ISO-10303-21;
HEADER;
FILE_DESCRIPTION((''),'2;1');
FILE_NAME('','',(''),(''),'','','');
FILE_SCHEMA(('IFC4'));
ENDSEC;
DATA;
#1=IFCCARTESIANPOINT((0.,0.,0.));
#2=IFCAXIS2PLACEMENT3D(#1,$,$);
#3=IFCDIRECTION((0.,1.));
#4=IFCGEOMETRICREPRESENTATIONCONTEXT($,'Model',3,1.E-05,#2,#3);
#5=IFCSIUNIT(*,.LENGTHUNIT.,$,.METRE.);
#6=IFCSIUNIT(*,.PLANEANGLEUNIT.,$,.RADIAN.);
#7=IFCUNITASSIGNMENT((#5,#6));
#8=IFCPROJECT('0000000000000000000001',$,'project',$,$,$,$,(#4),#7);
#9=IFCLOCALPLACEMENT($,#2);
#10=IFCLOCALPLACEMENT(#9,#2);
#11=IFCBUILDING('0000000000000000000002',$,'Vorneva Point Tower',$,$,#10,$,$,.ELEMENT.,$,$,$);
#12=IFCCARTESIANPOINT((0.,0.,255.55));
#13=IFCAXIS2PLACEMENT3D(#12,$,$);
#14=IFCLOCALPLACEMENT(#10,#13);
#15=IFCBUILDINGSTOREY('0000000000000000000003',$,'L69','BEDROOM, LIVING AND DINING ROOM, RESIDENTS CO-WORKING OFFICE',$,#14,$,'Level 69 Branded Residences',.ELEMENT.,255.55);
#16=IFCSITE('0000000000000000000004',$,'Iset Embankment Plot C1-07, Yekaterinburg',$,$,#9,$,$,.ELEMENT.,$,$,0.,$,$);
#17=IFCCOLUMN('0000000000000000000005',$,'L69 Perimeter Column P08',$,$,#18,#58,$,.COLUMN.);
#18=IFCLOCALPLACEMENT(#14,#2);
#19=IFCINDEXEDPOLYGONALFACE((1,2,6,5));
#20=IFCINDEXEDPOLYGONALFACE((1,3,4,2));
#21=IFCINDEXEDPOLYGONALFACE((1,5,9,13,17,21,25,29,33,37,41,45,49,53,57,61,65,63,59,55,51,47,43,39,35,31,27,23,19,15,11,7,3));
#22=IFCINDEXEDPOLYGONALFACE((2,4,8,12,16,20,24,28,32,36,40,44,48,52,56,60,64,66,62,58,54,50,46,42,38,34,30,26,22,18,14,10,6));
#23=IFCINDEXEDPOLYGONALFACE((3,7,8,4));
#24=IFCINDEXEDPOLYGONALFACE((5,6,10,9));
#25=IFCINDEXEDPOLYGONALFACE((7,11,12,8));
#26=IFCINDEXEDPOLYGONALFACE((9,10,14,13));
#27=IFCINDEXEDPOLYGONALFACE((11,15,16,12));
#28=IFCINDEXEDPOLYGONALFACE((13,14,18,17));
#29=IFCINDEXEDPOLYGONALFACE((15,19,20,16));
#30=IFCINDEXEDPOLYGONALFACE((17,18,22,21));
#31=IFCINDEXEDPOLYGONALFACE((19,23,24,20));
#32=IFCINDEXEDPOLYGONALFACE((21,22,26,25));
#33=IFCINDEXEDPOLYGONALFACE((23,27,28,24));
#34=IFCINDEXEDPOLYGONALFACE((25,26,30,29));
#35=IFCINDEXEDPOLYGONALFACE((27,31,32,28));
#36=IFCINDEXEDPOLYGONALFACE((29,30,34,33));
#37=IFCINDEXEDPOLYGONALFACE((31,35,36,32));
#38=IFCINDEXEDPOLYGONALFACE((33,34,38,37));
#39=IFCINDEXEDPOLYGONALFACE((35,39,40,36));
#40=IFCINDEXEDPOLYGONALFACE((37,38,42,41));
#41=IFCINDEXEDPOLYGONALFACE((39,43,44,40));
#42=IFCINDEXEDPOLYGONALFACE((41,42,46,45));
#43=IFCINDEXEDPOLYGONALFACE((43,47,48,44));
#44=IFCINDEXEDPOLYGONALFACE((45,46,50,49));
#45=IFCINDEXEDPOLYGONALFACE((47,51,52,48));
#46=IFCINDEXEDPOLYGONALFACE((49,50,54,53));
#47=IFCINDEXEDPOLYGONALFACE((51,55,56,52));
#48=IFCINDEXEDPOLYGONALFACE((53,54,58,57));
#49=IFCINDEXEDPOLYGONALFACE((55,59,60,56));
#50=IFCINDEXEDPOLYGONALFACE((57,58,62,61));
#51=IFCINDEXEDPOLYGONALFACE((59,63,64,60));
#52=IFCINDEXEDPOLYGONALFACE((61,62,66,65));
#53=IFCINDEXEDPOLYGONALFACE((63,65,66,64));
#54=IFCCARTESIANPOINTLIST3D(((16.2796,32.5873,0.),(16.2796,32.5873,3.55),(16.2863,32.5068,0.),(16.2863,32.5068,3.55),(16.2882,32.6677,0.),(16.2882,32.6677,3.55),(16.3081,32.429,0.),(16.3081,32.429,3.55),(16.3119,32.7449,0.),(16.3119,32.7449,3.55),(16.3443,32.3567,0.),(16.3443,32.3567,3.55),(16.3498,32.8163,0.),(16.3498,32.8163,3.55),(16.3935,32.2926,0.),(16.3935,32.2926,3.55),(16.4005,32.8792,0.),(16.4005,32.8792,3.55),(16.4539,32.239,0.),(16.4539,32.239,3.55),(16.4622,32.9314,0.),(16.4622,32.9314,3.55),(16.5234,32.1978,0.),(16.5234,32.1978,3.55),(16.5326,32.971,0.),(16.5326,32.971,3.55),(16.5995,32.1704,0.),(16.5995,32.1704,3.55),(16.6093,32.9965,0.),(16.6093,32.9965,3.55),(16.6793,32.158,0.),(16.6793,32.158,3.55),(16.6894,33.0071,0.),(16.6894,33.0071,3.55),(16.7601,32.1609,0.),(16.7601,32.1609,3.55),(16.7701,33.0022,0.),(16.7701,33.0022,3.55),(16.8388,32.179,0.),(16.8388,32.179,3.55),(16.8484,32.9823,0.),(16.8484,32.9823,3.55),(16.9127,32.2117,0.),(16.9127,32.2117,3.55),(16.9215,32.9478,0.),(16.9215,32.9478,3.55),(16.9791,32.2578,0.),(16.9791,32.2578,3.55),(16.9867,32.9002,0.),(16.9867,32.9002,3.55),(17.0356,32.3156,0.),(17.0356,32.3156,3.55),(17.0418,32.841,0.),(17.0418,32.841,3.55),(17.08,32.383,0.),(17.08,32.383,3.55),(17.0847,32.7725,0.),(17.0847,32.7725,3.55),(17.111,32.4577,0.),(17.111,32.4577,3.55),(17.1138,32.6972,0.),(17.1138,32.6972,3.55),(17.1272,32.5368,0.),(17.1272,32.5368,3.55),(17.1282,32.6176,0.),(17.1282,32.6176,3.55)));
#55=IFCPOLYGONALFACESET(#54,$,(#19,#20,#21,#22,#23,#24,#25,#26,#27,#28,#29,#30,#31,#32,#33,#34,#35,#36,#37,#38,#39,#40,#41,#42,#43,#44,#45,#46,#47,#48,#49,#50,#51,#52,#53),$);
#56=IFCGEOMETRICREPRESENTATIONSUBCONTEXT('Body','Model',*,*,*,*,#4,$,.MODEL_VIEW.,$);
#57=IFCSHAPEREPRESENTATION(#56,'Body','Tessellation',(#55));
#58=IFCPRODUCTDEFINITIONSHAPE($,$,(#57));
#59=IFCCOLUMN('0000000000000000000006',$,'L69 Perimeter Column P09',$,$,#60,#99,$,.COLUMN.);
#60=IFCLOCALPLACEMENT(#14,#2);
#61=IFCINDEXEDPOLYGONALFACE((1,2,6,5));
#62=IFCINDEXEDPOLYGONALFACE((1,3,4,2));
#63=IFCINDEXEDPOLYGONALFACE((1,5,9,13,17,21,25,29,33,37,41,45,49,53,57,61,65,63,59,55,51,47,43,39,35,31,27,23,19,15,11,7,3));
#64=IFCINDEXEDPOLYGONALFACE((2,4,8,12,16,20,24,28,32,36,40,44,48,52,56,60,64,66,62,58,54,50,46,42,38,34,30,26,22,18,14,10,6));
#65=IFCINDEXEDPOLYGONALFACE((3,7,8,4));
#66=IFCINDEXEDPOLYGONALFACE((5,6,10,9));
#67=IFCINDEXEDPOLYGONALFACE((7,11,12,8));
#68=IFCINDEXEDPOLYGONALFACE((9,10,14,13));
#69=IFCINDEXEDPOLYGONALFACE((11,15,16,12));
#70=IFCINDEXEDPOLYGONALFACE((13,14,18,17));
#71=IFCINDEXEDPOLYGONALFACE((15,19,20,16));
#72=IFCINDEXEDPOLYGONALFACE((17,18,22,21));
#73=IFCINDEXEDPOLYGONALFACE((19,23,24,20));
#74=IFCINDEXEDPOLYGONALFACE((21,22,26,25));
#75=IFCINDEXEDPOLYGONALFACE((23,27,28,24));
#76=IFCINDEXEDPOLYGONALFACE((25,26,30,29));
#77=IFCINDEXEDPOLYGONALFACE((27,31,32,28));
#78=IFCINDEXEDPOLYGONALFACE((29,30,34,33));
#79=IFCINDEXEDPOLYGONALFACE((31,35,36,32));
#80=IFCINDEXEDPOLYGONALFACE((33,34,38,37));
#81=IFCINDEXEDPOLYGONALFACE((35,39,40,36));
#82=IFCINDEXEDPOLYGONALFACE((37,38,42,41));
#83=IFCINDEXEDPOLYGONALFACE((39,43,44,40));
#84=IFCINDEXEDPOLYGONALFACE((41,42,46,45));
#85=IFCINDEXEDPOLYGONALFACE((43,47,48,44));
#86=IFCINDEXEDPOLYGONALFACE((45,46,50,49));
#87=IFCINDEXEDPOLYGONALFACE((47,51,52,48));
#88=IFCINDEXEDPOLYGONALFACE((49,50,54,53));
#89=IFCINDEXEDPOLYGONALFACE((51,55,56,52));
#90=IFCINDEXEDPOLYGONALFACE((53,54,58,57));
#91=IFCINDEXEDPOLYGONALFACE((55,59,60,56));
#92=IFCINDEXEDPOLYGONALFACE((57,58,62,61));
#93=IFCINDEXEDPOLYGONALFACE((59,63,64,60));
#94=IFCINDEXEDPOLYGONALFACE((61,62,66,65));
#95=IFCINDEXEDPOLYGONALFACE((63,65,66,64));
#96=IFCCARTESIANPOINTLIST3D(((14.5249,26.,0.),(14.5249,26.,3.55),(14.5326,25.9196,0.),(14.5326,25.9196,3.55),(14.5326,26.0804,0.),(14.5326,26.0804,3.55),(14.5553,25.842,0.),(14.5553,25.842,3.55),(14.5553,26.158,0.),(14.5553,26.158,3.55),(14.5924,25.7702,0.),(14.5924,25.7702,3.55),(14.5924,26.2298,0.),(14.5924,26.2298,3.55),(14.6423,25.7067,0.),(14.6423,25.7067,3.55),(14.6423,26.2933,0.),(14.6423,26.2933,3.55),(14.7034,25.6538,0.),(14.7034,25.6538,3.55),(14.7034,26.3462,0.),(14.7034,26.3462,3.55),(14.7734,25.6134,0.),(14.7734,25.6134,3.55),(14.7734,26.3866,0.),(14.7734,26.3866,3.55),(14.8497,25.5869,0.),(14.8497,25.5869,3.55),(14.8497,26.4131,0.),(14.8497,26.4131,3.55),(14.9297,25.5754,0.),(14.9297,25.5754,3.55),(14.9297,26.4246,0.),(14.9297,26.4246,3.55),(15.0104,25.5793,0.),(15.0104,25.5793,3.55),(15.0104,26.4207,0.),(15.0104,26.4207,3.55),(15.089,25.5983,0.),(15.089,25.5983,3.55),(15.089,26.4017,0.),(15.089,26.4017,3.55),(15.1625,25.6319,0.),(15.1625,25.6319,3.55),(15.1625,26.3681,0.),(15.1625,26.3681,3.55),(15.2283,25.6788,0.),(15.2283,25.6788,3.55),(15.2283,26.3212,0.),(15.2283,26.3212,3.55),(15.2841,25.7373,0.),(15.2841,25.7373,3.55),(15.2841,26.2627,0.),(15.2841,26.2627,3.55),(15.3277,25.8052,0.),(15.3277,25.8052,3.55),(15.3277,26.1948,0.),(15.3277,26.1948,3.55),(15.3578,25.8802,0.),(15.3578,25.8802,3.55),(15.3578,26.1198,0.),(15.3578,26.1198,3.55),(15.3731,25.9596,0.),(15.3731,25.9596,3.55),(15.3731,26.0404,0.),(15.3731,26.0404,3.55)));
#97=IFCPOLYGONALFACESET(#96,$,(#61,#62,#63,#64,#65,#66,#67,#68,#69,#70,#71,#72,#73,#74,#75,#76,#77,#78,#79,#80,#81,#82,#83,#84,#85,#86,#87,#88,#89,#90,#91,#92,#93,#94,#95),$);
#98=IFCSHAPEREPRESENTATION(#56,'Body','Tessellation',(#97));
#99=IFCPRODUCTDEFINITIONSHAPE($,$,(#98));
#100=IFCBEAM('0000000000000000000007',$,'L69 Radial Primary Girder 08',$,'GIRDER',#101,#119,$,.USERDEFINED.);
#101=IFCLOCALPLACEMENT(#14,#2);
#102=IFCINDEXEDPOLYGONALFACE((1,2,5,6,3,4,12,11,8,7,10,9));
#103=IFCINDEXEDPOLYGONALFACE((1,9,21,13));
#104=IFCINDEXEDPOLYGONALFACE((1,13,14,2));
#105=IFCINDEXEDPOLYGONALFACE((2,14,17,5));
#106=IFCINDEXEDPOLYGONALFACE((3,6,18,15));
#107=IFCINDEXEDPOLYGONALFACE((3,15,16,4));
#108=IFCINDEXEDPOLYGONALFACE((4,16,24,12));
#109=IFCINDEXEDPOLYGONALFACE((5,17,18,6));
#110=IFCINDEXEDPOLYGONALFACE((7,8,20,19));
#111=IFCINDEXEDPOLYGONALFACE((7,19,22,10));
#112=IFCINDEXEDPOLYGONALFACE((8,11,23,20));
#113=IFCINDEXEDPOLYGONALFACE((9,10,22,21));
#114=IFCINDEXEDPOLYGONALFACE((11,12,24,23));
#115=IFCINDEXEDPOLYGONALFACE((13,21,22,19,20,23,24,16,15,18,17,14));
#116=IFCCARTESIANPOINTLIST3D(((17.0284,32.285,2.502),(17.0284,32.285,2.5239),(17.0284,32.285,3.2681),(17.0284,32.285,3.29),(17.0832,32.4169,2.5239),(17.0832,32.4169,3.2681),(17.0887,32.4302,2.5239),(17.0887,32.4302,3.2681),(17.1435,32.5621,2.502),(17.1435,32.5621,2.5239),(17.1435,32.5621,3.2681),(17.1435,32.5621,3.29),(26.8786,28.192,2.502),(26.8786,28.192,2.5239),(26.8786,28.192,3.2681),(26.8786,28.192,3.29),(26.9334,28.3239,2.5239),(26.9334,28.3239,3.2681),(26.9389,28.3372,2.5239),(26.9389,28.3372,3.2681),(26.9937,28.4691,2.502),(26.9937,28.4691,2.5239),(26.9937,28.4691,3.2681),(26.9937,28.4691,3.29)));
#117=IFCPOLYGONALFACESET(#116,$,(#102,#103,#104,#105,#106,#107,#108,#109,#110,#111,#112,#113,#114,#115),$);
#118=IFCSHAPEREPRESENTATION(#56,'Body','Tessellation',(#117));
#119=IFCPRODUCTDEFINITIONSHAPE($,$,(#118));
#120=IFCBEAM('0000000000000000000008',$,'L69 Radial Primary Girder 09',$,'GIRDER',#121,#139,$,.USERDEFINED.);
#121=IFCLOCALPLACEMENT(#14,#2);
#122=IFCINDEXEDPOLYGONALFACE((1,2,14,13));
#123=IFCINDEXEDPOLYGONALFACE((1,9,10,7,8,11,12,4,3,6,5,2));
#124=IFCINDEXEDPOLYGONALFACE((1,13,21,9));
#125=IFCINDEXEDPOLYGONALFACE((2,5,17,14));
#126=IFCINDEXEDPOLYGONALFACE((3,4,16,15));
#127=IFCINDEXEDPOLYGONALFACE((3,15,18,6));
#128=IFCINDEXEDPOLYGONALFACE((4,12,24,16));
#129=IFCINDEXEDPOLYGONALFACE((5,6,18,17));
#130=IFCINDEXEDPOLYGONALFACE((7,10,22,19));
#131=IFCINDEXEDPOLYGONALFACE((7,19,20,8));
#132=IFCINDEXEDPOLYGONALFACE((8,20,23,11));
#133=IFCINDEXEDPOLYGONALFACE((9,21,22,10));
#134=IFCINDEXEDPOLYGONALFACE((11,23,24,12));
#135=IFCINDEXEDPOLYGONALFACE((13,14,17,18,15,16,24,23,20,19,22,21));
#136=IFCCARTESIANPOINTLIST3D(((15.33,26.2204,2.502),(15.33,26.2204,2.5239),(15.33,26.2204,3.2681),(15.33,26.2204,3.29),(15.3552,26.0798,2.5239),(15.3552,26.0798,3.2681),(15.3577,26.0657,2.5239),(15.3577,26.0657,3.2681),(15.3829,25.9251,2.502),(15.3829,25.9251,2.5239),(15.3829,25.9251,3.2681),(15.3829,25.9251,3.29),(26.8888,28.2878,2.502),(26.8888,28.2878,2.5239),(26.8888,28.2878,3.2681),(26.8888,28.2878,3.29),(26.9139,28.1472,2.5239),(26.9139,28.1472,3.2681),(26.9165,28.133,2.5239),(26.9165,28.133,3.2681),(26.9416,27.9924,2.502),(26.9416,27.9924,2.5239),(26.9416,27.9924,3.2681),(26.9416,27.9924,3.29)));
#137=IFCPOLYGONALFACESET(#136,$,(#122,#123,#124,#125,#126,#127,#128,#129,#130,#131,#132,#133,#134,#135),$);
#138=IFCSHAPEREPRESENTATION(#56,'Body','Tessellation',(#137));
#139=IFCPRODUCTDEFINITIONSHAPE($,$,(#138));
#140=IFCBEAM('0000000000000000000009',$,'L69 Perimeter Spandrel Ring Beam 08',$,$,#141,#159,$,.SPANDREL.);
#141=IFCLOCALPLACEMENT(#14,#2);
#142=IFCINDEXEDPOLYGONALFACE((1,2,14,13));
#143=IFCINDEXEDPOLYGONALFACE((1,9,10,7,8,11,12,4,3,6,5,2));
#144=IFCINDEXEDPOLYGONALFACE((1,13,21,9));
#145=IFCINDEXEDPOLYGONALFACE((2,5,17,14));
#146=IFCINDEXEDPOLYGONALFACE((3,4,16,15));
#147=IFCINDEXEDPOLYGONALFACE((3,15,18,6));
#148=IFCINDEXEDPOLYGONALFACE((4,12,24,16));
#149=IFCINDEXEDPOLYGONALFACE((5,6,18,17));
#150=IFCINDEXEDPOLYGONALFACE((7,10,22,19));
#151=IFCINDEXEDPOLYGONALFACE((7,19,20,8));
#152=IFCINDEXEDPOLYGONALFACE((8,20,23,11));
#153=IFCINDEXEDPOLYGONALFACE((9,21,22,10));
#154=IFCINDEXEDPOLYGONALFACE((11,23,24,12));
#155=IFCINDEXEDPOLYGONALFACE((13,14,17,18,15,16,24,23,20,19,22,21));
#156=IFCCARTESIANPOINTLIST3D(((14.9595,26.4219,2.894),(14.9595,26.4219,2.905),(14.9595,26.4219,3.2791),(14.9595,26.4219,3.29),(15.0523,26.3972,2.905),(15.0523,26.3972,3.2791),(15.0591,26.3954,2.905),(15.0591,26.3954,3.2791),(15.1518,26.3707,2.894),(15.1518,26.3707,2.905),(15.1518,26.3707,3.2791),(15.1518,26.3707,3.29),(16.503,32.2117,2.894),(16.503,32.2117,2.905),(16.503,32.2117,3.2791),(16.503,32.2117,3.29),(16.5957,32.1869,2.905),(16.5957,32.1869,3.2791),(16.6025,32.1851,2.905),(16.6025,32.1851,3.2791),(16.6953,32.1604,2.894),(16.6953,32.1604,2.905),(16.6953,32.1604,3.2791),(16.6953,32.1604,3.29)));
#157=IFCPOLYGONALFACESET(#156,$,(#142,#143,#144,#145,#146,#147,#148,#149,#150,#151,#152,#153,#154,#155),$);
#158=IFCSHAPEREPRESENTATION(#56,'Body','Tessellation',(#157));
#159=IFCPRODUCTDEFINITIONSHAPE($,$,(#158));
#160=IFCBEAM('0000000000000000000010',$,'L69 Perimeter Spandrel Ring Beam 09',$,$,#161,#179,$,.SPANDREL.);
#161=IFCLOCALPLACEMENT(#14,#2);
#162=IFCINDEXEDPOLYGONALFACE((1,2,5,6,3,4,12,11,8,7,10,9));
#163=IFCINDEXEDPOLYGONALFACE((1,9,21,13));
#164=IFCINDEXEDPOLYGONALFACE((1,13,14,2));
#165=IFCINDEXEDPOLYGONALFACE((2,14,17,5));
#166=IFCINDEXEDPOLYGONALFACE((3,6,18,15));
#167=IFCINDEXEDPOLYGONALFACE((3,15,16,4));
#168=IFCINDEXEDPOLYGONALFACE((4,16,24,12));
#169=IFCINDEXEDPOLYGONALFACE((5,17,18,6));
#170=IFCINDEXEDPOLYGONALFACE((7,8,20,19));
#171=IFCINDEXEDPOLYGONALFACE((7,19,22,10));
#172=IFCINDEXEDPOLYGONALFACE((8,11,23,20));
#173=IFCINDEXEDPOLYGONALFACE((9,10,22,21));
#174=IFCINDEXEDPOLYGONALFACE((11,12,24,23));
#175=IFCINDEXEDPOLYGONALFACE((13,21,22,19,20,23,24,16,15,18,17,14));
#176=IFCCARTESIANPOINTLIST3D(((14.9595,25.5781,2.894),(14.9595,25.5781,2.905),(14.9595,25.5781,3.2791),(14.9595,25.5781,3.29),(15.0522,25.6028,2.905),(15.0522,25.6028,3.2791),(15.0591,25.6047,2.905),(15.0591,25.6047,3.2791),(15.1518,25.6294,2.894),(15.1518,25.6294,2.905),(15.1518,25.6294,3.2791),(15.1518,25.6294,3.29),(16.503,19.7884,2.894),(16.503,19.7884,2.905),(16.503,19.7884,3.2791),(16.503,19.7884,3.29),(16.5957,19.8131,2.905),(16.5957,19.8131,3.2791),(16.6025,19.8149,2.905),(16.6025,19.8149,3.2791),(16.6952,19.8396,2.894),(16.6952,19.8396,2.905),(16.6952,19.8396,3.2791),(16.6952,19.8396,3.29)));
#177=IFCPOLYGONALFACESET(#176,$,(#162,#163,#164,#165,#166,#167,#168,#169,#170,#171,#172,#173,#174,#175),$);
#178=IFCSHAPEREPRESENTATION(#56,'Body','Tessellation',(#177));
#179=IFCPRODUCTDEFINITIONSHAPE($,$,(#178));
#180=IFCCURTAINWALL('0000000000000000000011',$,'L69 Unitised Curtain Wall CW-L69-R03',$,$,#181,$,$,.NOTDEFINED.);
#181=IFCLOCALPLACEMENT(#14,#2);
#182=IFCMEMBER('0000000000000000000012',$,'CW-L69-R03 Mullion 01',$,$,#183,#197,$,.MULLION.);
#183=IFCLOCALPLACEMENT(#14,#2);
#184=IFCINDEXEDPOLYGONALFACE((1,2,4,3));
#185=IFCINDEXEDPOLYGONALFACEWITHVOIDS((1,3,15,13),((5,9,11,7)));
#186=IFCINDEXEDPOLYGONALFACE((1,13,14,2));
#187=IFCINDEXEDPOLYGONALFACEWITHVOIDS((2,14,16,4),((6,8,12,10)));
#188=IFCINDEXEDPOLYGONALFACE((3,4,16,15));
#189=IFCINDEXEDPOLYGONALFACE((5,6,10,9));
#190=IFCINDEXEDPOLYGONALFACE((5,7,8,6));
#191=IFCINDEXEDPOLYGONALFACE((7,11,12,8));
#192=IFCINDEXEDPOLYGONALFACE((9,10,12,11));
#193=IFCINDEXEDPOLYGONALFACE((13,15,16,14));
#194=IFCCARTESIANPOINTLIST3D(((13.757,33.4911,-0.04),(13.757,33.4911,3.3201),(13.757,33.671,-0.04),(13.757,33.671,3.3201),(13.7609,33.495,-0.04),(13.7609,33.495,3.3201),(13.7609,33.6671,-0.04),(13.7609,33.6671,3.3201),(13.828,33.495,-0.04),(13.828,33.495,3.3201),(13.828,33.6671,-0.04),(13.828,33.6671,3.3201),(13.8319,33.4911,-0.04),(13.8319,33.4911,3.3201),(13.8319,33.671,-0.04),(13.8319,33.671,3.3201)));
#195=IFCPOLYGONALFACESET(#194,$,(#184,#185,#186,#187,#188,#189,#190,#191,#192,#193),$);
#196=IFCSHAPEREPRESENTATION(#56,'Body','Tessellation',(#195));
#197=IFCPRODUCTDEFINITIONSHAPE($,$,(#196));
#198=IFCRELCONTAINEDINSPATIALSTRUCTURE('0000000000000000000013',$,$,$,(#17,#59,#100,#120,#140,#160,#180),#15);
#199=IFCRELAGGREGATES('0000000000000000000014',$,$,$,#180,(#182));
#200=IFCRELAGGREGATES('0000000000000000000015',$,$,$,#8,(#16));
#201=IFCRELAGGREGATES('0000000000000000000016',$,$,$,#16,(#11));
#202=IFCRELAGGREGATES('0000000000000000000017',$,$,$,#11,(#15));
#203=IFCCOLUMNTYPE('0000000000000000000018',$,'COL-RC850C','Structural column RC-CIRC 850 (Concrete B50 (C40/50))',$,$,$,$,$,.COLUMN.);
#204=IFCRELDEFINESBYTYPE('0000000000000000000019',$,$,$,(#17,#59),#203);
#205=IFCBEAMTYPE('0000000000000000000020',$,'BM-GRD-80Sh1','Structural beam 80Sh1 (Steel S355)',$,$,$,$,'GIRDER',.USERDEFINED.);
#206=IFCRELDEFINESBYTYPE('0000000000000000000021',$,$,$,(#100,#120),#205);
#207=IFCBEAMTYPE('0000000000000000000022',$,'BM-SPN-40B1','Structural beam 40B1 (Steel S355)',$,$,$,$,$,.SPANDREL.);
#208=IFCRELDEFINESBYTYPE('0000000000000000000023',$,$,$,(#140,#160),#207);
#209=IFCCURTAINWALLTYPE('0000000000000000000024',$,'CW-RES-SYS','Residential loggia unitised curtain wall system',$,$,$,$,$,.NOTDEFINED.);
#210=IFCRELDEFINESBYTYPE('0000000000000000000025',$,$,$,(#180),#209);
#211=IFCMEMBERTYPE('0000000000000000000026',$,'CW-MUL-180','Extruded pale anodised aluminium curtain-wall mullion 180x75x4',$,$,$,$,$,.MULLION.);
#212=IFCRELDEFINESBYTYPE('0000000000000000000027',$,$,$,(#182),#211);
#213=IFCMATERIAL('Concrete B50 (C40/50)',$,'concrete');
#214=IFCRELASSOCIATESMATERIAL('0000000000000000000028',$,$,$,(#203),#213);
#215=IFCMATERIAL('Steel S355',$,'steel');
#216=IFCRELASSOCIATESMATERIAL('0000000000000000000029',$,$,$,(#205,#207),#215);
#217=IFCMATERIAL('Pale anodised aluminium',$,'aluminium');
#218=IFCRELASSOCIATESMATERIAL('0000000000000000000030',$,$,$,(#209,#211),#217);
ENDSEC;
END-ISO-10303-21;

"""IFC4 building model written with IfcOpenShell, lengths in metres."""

from ifc_helpers import new_model, si_unit, direction, frame, origin, origin_2d, place, context, subcontext, project, spatial, hollow_rectangle, circle, i_section, extrude, material, material_profile, profile_set, type_object, element, aggregate, save


model = new_model("IFC4")

# Units and contexts
model_context = context("Model", 3, precision=1e-05, world=origin(), true_north=direction((0.0, 1.0)))
body_context = subcontext(model_context, "Body", "Model", "MODEL_VIEW")
ifc_project = project(units=[si_unit("LENGTHUNIT", "METRE"), si_unit("PLANEANGLEUNIT", "RADIAN")], contexts=[model_context])

# Site, building, storey
site_placement = place(None, origin())
site = spatial("IfcSite", under=ifc_project, at=site_placement, Name="Iset Embankment Plot C1-07, Yekaterinburg", CompositionType="ELEMENT", RefElevation=0.0)
building_placement = place(site_placement, origin())
building = spatial("IfcBuilding", under=site, at=building_placement, Name="Vorneva Point Tower", CompositionType="ELEMENT")
storey_placement = place(building_placement, frame((0.0, 0.0, 255.55)))
storey = spatial("IfcBuildingStorey", under=building, at=storey_placement, Name="L69", Description="BEDROOM, LIVING AND DINING ROOM, RESIDENTS CO-WORKING OFFICE", LongName="Level 69 Branded Residences", CompositionType="ELEMENT", Elevation=255.55)

# Columns
ifc_material_1 = material(Name="Concrete B50 (C40/50)", Category="concrete")
ifc_material_profile_1 = material_profile(ifc_material_1, circle(Radius=0.425, at=origin_2d()), Name="RC-CIRC 850")
ifc_profile_set_1 = profile_set([ifc_material_profile_1], Name="Concrete B50 (C40/50)")
column_type = type_object("IfcColumnType", Name="COL-RC850C", Description="Structural column RC-CIRC 850 (Concrete B50 (C40/50))", PredefinedType="COLUMN", material=ifc_profile_set_1)
for number, where, z_axis, x_axis, name in (
    (1, (16.7046, 32.5823, 0.0), (0.0, 0.0, 1.0), (-0.92388, 0.382683, 0.0), "L69 Perimeter Column P08"),
    (2, (14.95, 26.0, 0.0), (0.0, 0.0, 1.0), (-1.0, 0.0, 0.0), "L69 Perimeter Column P09"),
):
    element("IfcColumn", number, at=place(storey_placement, frame(where, z_axis=z_axis, x_axis=x_axis)), inside=storey, type_object=column_type, Name=name, PredefinedType="COLUMN", context=body_context, shape_type="SweptSolid", body=[
        extrude(circle(Radius=0.425, at=origin_2d()), origin(), (0.0, 0.0, 1.0), 3.55),
    ])

# Beams
ifc_material_2 = material(Name="Steel S355", Category="steel")
ifc_material_profile_2 = material_profile(ifc_material_2, i_section(OverallWidth=0.3, OverallDepth=0.7881, WebThickness=0.0144, FlangeThickness=0.022, at=origin_2d()), Name="80Sh1")
ifc_profile_set_2 = profile_set([ifc_material_profile_2], Name="Steel S355")
beam_type_1 = type_object("IfcBeamType", Name="BM-GRD-80Sh1", Description="Structural beam 80Sh1 (Steel S355)", ElementType="GIRDER", PredefinedType="USERDEFINED", material=ifc_profile_set_2)
beam_1_placement = place(storey_placement, frame((17.0859, 32.4236, 2.896), z_axis=(0.923449, -0.383721, 0.0), x_axis=(0.383721, 0.923449, 0.0)))
element("IfcBeam", 3, at=beam_1_placement, inside=storey, type_object=beam_type_1, Name="L69 Radial Primary Girder 08", ObjectType="GIRDER", PredefinedType="USERDEFINED", context=body_context, shape_type="SweptSolid", body=[
    extrude(i_section(OverallWidth=0.3, OverallDepth=0.7881, WebThickness=0.0144, FlangeThickness=0.022, at=origin_2d()), origin(), (0.0, 0.0, 1.0), 10.6667),
])
beam_2_placement = place(storey_placement, frame((15.3564, 26.0728, 2.896), z_axis=(0.984379, 0.176063, 0.0), x_axis=(-0.176063, 0.984379, 0.0)))
element("IfcBeam", 4, at=beam_2_placement, inside=storey, type_object=beam_type_1, Name="L69 Radial Primary Girder 09", ObjectType="GIRDER", PredefinedType="USERDEFINED", context=body_context, shape_type="SweptSolid", body=[
    extrude(i_section(OverallWidth=0.3, OverallDepth=0.7881, WebThickness=0.0144, FlangeThickness=0.022, at=origin_2d()), origin(), (0.0, 0.0, 1.0), 11.7422),
])
ifc_material_profile_3 = material_profile(ifc_material_2, i_section(OverallWidth=0.199, OverallDepth=0.396, WebThickness=0.0071, FlangeThickness=0.011, at=origin_2d()), Name="40B1")
ifc_profile_set_3 = profile_set([ifc_material_profile_3], Name="Steel S355")
beam_type_2 = type_object("IfcBeamType", Name="BM-SPN-40B1", Description="Structural beam 40B1 (Steel S355)", PredefinedType="SPANDREL", material=ifc_profile_set_3)
for number, where, z_axis, x_axis, name in (
    (5, (16.5991, 32.186, 3.092), (-0.257587, -0.966255, 0.0), (0.966255, -0.257587, 0.0), "L69 Perimeter Spandrel Ring Beam 08"),
    (6, (15.0557, 25.6038, 3.092), (0.257587, -0.966255, 0.0), (0.966255, 0.257587, 0.0), "L69 Perimeter Spandrel Ring Beam 09"),
):
    element("IfcBeam", number, at=place(storey_placement, frame(where, z_axis=z_axis, x_axis=x_axis)), inside=storey, type_object=beam_type_2, Name=name, PredefinedType="SPANDREL", context=body_context, shape_type="SweptSolid", body=[
        extrude(i_section(OverallWidth=0.199, OverallDepth=0.396, WebThickness=0.0071, FlangeThickness=0.011, at=origin_2d()), origin(), (0.0, 0.0, 1.0), 5.9919),
    ])

# Curtain wall, member
ifc_material_3 = material(Name="Pale anodised aluminium", Category="aluminium")
curtain_wall_type = type_object("IfcCurtainWallType", Name="CW-RES-SYS", Description="Residential loggia unitised curtain wall system", PredefinedType="NOTDEFINED", material=ifc_material_3)
curtain_wall_placement = place(storey_placement, origin())
curtain_wall = element("IfcCurtainWall", 7, at=curtain_wall_placement, inside=storey, type_object=curtain_wall_type, Name="L69 Unitised Curtain Wall CW-L69-R03", PredefinedType="NOTDEFINED")
ifc_material_profile_4 = material_profile(ifc_material_3, hollow_rectangle(XDim=0.075, YDim=0.1799, WallThickness=0.0039, at=origin_2d()), Name="AL-MUL 180x75x4")
ifc_profile_set_4 = profile_set([ifc_material_profile_4], Name="Pale anodised aluminium")
member_type_1 = type_object("IfcMemberType", Name="CW-MUL-180", Description="Extruded pale anodised aluminium curtain-wall mullion 180x75x4", PredefinedType="MULLION", material=ifc_profile_set_4)
member_1_placement = place(storey_placement, frame((13.7944, 33.5811, -0.04), z_axis=(0.0, 0.0, 1.0), x_axis=(1.0, 0.0, 0.0)))
member_1 = element("IfcMember", 8, at=member_1_placement, type_object=member_type_1, Name="CW-L69-R03 Mullion 01", PredefinedType="MULLION", context=body_context, shape_type="SweptSolid", body=[
    extrude(hollow_rectangle(XDim=0.075, YDim=0.1799, WallThickness=0.0039, at=origin_2d()), origin(), (0.0, 0.0, 1.0), 3.3601),
])
aggregate(curtain_wall, [member_1])

save(model, "model.ifc")
